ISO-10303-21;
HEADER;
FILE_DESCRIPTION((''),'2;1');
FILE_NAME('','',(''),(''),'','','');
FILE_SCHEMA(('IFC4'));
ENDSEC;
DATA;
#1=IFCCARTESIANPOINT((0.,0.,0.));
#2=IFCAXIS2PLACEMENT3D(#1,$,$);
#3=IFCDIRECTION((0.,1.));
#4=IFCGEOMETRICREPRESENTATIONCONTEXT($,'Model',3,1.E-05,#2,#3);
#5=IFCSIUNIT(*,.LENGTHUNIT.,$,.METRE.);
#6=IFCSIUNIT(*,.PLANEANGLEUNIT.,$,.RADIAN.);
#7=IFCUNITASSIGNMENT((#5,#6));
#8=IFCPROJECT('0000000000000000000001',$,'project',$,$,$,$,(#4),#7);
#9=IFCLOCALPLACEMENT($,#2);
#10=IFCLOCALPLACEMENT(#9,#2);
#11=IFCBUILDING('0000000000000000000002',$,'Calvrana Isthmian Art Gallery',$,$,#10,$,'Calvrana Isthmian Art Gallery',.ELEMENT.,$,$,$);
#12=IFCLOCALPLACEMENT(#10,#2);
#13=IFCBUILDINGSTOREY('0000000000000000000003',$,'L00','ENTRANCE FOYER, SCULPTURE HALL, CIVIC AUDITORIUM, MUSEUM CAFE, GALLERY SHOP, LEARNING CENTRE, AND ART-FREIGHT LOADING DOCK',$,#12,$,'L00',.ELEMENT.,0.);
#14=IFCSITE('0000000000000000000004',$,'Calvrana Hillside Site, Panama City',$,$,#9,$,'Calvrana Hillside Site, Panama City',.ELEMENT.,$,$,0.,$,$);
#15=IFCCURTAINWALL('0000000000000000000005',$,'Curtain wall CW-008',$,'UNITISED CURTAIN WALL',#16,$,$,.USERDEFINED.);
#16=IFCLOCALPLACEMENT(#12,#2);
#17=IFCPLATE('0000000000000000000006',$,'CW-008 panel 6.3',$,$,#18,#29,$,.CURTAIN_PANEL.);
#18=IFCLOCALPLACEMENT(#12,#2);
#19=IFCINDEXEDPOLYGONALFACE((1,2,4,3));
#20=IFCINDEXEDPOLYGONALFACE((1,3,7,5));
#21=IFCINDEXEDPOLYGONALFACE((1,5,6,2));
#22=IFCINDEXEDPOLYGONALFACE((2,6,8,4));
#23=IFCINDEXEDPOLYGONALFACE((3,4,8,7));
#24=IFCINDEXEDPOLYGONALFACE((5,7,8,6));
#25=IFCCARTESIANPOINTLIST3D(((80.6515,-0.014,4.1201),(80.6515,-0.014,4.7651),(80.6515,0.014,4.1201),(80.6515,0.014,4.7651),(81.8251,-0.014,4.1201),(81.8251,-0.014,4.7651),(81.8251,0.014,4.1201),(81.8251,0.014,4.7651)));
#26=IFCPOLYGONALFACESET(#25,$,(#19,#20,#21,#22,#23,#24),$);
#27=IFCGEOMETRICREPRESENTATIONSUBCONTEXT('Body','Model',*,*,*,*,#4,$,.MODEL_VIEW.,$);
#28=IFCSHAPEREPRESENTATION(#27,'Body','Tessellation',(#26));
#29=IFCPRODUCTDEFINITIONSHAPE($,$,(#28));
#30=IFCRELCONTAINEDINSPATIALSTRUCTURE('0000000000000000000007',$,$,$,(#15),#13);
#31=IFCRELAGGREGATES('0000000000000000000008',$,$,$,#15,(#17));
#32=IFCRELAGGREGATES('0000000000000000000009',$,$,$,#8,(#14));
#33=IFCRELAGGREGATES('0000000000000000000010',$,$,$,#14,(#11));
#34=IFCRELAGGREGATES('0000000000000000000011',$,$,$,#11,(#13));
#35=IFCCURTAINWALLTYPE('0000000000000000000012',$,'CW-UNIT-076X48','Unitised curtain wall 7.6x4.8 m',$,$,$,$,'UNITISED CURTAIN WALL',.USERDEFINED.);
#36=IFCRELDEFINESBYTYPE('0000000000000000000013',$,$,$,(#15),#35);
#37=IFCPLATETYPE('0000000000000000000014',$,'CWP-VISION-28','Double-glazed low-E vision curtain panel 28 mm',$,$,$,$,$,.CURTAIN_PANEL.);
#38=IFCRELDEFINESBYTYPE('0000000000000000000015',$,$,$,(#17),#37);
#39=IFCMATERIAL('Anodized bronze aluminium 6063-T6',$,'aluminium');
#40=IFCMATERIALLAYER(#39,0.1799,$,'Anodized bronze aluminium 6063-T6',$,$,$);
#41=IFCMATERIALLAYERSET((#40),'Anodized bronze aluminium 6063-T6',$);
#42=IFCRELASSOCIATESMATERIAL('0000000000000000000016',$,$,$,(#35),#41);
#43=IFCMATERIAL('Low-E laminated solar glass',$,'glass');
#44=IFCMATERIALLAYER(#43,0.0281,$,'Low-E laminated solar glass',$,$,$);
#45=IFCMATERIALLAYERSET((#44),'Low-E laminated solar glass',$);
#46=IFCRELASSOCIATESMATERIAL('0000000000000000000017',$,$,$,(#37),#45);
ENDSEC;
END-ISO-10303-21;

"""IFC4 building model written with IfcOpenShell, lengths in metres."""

from ifc_helpers import new_model, si_unit, direction, frame, origin, origin_2d, place, context, subcontext, project, spatial, rectangle, extrude, material, layer, layer_set, type_object, element, aggregate, save


model = new_model("IFC4")

# Units and contexts
model_context = context("Model", 3, precision=1e-05, world=origin(), true_north=direction((0.0, 1.0)))
body_context = subcontext(model_context, "Body", "Model", "MODEL_VIEW")
ifc_project = project(units=[si_unit("LENGTHUNIT", "METRE"), si_unit("PLANEANGLEUNIT", "RADIAN")], contexts=[model_context])

# Site, building, storey
site_placement = place(None, origin())
site = spatial("IfcSite", under=ifc_project, at=site_placement, Name="Calvrana Hillside Site, Panama City", LongName="Calvrana Hillside Site, Panama City", CompositionType="ELEMENT", RefElevation=0.0)
building_placement = place(site_placement, origin())
building = spatial("IfcBuilding", under=site, at=building_placement, Name="Calvrana Isthmian Art Gallery", LongName="Calvrana Isthmian Art Gallery", CompositionType="ELEMENT")
storey_placement = place(building_placement, origin())
storey = spatial("IfcBuildingStorey", under=building, at=storey_placement, Name="L00", Description="ENTRANCE FOYER, SCULPTURE HALL, CIVIC AUDITORIUM, MUSEUM CAFE, GALLERY SHOP, LEARNING CENTRE, AND ART-FREIGHT LOADING DOCK", LongName="L00", CompositionType="ELEMENT", Elevation=0.0)

# Curtain wall, plate
ifc_material_1 = material(Name="Anodized bronze aluminium 6063-T6", Category="aluminium")
ifc_layer_1 = layer(ifc_material_1, 0.1799, Name="Anodized bronze aluminium 6063-T6")
ifc_layer_set_1 = layer_set([ifc_layer_1], Name="Anodized bronze aluminium 6063-T6")
curtain_wall_type = type_object("IfcCurtainWallType", Name="CW-UNIT-076X48", Description="Unitised curtain wall 7.6x4.8 m", ElementType="UNITISED CURTAIN WALL", PredefinedType="USERDEFINED", material=ifc_layer_set_1)
curtain_wall_placement = place(storey_placement, origin())
curtain_wall = element("IfcCurtainWall", 1, at=curtain_wall_placement, inside=storey, type_object=curtain_wall_type, Name="Curtain wall CW-008", ObjectType="UNITISED CURTAIN WALL", PredefinedType="USERDEFINED")
ifc_material_2 = material(Name="Low-E laminated solar glass", Category="glass")
ifc_layer_2 = layer(ifc_material_2, 0.0281, Name="Low-E laminated solar glass")
ifc_layer_set_2 = layer_set([ifc_layer_2], Name="Low-E laminated solar glass")
plate_type = type_object("IfcPlateType", Name="CWP-VISION-28", Description="Double-glazed low-E vision curtain panel 28 mm", PredefinedType="CURTAIN_PANEL", material=ifc_layer_set_2)
plate_1_placement = place(storey_placement, frame((81.2383, 0.0, 4.1201), z_axis=(0.0, 0.0, 1.0), x_axis=(-1.0, 0.0, 0.0)))
plate_1 = element("IfcPlate", 2, at=plate_1_placement, type_object=plate_type, Name="CW-008 panel 6.3", PredefinedType="CURTAIN_PANEL", context=body_context, shape_type="SweptSolid", body=[
    extrude(rectangle(XDim=1.1736, YDim=0.0281, at=origin_2d()), origin(), (0.0, 0.0, 1.0), 0.645),
])
aggregate(curtain_wall, [plate_1])

save(model, "model.ifc")
